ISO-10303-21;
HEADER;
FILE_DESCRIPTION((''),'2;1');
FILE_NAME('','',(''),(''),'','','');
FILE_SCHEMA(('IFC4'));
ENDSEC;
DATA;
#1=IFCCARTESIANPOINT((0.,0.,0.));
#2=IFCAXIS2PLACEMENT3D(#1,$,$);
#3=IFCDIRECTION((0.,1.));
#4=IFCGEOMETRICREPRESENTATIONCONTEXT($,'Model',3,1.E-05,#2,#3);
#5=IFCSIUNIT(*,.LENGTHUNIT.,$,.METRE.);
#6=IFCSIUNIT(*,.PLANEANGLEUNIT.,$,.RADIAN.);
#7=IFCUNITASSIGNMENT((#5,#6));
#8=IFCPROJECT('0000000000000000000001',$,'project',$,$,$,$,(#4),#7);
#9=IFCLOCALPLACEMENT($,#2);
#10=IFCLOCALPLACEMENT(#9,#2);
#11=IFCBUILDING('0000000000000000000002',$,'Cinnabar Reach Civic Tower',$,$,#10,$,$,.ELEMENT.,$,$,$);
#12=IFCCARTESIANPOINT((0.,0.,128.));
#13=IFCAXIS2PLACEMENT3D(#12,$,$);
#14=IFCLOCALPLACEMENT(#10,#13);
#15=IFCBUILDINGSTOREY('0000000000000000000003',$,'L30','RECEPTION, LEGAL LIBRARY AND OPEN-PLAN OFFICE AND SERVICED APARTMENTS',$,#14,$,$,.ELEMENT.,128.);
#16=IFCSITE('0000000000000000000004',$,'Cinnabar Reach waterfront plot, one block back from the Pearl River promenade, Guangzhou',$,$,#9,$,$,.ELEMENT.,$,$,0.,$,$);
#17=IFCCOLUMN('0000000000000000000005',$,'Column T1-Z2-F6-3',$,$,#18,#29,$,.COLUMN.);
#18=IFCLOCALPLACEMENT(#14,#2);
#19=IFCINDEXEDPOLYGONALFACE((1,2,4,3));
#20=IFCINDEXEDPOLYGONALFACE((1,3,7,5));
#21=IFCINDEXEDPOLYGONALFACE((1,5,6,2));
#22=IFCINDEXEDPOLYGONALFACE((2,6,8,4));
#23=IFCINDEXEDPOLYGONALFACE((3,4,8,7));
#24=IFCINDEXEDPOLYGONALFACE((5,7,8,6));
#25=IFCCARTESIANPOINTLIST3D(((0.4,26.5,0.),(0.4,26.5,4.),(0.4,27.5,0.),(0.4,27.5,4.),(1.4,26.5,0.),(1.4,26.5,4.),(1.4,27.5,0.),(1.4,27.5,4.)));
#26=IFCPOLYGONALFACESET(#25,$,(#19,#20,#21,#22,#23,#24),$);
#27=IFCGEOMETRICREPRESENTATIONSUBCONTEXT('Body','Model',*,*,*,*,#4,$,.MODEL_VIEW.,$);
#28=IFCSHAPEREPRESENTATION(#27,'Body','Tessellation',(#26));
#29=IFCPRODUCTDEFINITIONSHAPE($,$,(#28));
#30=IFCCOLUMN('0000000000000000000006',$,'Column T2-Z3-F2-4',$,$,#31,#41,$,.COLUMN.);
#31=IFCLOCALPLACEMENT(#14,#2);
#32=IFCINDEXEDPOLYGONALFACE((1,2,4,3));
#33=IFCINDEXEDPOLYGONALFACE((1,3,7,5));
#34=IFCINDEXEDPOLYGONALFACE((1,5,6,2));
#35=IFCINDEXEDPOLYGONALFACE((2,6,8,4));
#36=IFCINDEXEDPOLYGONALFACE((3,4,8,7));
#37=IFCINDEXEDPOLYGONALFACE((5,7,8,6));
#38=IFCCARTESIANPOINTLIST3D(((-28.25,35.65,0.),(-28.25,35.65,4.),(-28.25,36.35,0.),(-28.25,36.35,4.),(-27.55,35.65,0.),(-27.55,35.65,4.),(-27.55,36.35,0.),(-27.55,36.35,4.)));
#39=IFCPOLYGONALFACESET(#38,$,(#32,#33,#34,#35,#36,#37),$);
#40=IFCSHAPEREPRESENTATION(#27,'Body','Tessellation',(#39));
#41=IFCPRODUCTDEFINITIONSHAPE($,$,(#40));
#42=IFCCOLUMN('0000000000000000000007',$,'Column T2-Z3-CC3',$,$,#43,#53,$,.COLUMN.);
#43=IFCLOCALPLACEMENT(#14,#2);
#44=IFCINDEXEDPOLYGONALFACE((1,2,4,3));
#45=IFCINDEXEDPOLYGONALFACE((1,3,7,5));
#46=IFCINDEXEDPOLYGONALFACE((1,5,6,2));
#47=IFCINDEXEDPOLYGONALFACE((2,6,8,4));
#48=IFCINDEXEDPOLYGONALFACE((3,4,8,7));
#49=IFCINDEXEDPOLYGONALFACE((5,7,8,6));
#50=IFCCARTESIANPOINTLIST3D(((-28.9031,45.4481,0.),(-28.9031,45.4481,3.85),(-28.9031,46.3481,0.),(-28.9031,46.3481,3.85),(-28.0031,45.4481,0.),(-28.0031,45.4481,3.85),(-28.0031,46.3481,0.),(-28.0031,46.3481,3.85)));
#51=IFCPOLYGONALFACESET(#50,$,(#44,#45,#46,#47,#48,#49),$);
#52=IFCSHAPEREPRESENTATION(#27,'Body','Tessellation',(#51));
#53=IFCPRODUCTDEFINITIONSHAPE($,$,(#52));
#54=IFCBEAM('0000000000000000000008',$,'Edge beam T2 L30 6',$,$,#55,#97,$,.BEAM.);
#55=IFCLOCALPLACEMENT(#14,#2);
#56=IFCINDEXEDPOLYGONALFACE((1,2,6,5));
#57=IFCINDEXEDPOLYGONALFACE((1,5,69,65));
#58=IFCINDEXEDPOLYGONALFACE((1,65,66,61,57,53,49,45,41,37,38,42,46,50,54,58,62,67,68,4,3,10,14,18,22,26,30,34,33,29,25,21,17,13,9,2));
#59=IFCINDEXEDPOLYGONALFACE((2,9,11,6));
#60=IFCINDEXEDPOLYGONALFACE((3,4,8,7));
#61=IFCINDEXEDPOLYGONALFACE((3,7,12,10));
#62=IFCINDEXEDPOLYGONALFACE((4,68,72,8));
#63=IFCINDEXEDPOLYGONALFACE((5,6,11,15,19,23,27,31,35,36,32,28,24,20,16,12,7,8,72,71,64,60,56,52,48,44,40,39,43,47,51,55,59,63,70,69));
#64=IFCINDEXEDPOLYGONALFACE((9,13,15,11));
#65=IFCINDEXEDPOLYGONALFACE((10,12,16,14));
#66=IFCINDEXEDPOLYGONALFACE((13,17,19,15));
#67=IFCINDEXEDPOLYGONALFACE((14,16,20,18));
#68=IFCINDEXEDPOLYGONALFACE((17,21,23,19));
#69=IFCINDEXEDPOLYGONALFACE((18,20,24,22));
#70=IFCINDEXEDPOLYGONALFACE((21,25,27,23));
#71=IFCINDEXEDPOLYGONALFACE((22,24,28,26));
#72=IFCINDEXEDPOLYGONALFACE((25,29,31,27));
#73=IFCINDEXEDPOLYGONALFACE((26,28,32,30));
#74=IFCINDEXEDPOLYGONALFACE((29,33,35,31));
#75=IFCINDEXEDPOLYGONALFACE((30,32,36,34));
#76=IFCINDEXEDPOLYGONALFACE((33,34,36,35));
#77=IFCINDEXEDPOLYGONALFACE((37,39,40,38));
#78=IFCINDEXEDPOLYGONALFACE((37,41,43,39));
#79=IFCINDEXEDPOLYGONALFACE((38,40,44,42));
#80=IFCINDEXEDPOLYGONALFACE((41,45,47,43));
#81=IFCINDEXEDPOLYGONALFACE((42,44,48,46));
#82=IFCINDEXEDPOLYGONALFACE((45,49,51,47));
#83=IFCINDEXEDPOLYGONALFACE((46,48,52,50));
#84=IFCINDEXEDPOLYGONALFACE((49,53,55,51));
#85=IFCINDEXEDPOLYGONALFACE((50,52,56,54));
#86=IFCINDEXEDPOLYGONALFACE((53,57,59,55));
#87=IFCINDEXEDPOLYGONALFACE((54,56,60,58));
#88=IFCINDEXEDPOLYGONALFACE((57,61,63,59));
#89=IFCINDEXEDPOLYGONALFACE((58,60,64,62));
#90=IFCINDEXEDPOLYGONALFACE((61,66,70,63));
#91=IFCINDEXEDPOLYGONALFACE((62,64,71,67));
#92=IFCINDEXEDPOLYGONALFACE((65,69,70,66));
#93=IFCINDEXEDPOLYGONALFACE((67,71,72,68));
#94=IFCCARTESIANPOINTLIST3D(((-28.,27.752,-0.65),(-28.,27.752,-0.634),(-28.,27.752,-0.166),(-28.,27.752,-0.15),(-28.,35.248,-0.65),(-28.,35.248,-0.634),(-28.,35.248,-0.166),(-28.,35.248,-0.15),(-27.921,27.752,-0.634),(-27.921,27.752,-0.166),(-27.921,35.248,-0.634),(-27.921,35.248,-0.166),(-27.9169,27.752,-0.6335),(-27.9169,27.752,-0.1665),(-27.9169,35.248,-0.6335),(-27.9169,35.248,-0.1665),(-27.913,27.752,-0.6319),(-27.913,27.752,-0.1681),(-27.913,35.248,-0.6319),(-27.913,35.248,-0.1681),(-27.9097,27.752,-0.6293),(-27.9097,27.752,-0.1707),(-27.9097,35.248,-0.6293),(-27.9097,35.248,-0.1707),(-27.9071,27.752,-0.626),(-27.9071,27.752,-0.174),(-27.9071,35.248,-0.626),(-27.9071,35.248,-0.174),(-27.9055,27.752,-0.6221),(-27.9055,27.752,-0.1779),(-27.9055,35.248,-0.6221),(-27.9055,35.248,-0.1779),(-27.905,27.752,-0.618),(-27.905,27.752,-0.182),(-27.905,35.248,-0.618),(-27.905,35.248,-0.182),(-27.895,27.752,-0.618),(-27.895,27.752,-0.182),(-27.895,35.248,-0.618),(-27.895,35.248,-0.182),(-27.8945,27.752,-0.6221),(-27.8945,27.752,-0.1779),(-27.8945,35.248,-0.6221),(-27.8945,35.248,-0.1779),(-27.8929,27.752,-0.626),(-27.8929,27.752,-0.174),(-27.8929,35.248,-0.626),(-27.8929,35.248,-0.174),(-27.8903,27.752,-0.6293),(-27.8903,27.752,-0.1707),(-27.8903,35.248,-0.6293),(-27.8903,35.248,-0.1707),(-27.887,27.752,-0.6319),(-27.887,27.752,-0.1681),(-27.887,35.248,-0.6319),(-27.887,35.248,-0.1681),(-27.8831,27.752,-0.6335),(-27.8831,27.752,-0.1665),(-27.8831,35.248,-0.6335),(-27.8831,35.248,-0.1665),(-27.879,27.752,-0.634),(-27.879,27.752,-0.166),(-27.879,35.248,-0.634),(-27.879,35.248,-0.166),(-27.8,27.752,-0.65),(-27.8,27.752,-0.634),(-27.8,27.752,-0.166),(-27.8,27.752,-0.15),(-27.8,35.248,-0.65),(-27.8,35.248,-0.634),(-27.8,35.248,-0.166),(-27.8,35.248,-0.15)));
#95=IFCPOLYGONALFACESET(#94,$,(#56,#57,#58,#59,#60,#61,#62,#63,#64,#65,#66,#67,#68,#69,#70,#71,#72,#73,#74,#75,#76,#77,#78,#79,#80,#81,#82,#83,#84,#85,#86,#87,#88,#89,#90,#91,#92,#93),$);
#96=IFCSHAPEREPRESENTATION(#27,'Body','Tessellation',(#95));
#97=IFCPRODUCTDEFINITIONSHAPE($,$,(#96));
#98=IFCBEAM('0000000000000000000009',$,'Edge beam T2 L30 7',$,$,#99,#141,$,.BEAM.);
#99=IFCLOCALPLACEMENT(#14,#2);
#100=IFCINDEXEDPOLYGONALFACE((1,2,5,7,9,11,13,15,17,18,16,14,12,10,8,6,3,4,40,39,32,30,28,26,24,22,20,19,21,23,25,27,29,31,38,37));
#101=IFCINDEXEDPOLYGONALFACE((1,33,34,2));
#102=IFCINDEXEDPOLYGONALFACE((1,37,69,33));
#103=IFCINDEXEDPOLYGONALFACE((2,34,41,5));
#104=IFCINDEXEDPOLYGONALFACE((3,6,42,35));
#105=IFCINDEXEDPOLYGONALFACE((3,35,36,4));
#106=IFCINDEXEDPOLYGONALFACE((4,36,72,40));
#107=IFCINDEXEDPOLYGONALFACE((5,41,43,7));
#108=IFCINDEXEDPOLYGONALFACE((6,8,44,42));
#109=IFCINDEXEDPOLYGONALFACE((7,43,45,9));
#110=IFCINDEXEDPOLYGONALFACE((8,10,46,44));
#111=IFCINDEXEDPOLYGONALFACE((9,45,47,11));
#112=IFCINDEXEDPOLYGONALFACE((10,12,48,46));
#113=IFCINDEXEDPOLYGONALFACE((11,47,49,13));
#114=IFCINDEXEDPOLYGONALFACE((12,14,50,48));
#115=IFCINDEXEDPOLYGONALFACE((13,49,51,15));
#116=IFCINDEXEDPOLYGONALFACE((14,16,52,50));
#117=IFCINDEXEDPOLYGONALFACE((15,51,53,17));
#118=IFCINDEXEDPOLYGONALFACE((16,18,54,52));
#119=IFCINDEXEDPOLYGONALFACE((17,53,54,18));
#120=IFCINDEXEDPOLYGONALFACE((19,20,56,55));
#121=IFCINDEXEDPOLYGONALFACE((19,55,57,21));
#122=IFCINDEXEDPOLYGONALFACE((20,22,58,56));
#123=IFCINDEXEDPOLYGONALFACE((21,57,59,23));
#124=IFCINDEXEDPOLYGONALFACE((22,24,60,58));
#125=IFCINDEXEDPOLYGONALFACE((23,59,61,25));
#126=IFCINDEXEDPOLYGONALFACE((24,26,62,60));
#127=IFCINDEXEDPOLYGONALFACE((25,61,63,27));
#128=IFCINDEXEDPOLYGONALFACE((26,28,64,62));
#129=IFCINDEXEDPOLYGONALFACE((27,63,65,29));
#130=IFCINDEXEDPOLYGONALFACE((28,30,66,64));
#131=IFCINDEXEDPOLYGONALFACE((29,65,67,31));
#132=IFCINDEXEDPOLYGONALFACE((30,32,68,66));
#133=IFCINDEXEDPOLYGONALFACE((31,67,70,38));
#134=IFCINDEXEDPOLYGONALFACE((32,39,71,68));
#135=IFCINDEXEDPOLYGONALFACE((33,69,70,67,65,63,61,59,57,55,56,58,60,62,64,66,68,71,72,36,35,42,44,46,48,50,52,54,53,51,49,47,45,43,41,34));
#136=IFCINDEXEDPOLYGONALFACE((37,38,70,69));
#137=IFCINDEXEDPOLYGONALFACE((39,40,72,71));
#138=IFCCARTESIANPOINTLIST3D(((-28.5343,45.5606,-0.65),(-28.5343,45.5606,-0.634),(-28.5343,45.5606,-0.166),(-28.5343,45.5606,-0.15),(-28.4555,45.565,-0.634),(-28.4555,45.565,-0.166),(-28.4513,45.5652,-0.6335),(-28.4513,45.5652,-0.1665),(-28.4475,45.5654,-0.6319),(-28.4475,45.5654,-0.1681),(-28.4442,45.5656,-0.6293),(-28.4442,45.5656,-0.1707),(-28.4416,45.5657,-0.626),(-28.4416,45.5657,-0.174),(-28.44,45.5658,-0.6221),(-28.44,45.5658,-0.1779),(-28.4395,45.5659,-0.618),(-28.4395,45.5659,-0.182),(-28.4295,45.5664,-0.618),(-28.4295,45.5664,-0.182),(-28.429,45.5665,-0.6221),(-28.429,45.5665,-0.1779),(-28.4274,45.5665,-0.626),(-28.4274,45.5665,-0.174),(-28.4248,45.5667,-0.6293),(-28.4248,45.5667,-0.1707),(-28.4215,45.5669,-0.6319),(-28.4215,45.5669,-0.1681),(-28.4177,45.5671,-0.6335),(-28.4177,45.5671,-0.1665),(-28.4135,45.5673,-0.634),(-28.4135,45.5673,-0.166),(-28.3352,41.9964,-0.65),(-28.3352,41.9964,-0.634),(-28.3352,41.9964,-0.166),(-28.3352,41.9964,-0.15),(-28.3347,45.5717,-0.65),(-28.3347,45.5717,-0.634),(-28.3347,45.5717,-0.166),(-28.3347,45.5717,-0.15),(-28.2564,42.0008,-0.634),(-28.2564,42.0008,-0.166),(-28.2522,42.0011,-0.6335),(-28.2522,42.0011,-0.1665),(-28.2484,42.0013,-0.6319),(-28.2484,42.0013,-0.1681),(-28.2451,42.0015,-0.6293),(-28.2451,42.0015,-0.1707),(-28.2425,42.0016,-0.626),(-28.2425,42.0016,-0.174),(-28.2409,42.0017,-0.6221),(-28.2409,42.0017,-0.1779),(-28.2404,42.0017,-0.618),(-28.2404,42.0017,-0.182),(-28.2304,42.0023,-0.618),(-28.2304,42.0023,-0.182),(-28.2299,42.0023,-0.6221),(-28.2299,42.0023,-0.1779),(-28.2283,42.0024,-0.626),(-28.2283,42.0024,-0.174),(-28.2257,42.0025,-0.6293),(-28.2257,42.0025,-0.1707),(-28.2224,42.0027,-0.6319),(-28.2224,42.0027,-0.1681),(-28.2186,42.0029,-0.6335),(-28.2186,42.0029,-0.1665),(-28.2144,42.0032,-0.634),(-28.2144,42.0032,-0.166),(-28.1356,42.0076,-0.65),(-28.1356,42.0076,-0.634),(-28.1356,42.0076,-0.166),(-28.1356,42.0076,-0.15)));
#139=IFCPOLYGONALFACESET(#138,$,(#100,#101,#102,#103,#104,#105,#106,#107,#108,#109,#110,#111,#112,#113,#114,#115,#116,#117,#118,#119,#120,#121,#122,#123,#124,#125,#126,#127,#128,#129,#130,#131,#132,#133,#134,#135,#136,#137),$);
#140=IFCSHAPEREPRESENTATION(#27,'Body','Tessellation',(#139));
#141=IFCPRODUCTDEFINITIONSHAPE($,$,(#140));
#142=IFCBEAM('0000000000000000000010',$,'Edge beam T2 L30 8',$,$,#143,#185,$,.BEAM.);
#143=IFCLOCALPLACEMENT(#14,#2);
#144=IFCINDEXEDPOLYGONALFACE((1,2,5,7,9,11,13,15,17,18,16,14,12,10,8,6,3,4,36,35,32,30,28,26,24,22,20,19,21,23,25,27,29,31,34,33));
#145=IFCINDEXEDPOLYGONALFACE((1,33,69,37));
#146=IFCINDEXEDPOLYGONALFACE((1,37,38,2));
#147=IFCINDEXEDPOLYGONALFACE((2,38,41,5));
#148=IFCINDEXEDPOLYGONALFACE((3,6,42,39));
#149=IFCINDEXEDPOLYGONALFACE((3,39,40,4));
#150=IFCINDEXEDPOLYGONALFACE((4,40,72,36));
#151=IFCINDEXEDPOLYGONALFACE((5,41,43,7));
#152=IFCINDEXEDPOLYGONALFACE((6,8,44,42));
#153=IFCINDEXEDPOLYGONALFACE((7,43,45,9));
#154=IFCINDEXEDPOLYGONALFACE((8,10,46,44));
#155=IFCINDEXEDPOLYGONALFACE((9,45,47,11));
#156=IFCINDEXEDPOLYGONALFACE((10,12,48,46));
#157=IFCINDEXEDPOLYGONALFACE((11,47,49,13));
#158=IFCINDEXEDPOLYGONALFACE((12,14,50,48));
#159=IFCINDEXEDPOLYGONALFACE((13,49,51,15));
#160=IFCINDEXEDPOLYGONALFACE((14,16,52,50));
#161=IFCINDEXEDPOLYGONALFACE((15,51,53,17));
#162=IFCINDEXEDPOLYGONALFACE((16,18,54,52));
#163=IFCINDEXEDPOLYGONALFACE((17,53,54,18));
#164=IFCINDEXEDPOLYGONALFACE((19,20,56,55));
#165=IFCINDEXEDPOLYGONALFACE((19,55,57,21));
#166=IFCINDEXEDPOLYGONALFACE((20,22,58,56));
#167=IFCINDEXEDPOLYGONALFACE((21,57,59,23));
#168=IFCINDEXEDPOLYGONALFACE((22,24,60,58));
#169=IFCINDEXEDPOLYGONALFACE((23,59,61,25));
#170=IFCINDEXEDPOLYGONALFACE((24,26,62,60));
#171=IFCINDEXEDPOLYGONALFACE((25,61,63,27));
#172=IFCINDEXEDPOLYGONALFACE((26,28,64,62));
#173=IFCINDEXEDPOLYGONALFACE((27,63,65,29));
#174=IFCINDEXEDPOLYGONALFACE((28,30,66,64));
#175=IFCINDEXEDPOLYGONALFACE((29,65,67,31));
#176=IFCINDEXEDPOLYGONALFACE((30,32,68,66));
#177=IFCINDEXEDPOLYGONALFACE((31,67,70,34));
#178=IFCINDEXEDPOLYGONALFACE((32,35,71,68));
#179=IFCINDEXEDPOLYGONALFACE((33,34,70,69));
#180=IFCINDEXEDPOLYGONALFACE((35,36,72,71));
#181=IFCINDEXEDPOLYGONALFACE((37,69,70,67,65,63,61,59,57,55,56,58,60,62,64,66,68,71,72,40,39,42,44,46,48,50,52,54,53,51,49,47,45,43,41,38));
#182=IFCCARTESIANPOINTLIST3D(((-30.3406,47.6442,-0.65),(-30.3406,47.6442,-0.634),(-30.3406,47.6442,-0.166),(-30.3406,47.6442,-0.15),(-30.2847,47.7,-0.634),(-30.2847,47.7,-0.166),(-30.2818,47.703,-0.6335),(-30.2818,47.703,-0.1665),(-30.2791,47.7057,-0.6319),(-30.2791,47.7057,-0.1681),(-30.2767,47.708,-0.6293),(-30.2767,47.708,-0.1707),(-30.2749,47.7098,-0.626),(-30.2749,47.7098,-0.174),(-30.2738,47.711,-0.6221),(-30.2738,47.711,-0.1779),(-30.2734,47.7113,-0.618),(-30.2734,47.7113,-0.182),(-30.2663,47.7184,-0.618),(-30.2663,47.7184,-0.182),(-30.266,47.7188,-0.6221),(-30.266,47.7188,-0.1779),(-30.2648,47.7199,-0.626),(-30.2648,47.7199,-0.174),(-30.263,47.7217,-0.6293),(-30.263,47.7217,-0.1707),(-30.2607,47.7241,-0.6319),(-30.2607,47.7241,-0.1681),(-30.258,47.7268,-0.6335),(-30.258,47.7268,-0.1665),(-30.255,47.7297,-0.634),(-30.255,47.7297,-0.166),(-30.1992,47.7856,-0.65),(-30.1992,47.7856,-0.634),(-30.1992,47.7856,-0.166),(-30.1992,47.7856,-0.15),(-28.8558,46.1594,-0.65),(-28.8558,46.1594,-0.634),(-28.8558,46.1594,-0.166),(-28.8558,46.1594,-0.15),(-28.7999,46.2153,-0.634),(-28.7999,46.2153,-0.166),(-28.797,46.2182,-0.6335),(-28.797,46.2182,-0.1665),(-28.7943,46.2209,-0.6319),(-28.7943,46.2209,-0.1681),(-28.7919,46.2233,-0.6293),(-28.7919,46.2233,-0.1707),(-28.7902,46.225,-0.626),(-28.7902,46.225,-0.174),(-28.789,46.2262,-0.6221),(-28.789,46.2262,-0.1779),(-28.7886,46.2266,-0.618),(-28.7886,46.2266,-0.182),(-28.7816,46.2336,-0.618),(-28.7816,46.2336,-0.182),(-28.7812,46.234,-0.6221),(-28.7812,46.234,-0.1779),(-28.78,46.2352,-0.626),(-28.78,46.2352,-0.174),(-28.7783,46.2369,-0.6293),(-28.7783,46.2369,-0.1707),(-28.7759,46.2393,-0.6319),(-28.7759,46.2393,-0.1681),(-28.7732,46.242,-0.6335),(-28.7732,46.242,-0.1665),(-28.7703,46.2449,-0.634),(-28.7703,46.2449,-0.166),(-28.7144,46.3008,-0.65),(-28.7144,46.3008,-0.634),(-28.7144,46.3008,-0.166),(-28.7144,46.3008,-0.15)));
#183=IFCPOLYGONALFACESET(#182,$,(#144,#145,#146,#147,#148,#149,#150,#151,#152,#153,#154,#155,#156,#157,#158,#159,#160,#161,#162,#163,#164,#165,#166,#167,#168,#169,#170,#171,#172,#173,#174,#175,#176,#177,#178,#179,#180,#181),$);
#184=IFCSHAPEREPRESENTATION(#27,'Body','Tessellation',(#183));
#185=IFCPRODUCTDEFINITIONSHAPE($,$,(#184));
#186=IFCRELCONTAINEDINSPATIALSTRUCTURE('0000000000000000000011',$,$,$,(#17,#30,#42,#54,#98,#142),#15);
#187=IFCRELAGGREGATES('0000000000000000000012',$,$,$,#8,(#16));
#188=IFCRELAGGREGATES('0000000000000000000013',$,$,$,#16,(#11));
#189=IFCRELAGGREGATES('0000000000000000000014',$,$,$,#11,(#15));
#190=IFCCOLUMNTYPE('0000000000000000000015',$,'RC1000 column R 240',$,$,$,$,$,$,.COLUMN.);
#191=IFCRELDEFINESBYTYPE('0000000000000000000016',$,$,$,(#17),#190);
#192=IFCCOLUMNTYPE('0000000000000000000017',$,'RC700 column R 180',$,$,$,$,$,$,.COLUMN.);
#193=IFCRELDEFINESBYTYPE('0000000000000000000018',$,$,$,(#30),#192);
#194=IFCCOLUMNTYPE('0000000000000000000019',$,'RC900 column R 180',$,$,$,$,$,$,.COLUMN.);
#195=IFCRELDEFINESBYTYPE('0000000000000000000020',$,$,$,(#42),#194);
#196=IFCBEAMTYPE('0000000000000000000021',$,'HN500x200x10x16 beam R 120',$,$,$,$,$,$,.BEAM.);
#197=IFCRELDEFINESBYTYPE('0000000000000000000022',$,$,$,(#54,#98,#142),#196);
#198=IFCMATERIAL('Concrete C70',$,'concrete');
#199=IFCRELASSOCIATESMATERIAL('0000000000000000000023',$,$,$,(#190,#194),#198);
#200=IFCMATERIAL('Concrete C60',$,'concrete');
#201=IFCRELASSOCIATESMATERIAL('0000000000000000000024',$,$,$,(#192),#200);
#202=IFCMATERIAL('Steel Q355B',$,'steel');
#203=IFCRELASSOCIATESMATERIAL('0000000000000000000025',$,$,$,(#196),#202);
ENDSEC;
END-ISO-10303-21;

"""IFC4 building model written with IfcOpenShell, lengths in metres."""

from ifc_helpers import new_model, si_unit, direction, frame, origin, origin_2d, place, context, subcontext, project, spatial, rectangle, i_section, extrude, material, material_profile, profile_set, type_object, element, save


model = new_model("IFC4")

# Units and contexts
model_context = context("Model", 3, precision=1e-05, world=origin(), true_north=direction((0.0, 1.0)))
body_context = subcontext(model_context, "Body", "Model", "MODEL_VIEW")
ifc_project = project(units=[si_unit("LENGTHUNIT", "METRE"), si_unit("PLANEANGLEUNIT", "RADIAN")], contexts=[model_context])

# Site, building, storey
site_placement = place(None, origin())
site = spatial("IfcSite", under=ifc_project, at=site_placement, Name="Cinnabar Reach waterfront plot, one block back from the Pearl River promenade, Guangzhou", CompositionType="ELEMENT", RefElevation=0.0)
building_placement = place(site_placement, origin())
building = spatial("IfcBuilding", under=site, at=building_placement, Name="Cinnabar Reach Civic Tower", CompositionType="ELEMENT")
storey_placement = place(building_placement, frame((0.0, 0.0, 128.0)))
storey = spatial("IfcBuildingStorey", under=building, at=storey_placement, Name="L30", Description="RECEPTION, LEGAL LIBRARY AND OPEN-PLAN OFFICE AND SERVICED APARTMENTS", CompositionType="ELEMENT", Elevation=128.0)

# Columns
ifc_material_1 = material(Name="Concrete C70", Category="concrete")
ifc_material_profile_1 = material_profile(ifc_material_1, rectangle(XDim=1.0, YDim=1.0, at=origin_2d()), Name="RC1000")
ifc_profile_set_1 = profile_set([ifc_material_profile_1], Name="Concrete C70")
column_type_1 = type_object("IfcColumnType", Name="RC1000 column R 240", PredefinedType="COLUMN", material=ifc_profile_set_1)
column_1_placement = place(storey_placement, frame((0.9, 27.0, 0.0), z_axis=(0.0, 0.0, 1.0), x_axis=(1.0, 0.0, 0.0)))
element("IfcColumn", 1, at=column_1_placement, inside=storey, type_object=column_type_1, Name="Column T1-Z2-F6-3", PredefinedType="COLUMN", context=body_context, shape_type="SweptSolid", body=[
    extrude(rectangle(XDim=1.0, YDim=1.0, at=origin_2d()), origin(), (0.0, 0.0, 1.0), 4.0),
])
ifc_material_2 = material(Name="Concrete C60", Category="concrete")
ifc_material_profile_2 = material_profile(ifc_material_2, rectangle(XDim=0.7, YDim=0.7, at=origin_2d()), Name="RC700")
ifc_profile_set_2 = profile_set([ifc_material_profile_2], Name="Concrete C60")
column_type_2 = type_object("IfcColumnType", Name="RC700 column R 180", PredefinedType="COLUMN", material=ifc_profile_set_2)
column_2_placement = place(storey_placement, frame((-27.9, 36.0, 0.0), z_axis=(0.0, 0.0, 1.0), x_axis=(1.0, 0.0, 0.0)))
element("IfcColumn", 2, at=column_2_placement, inside=storey, type_object=column_type_2, Name="Column T2-Z3-F2-4", PredefinedType="COLUMN", context=body_context, shape_type="SweptSolid", body=[
    extrude(rectangle(XDim=0.7, YDim=0.7, at=origin_2d()), origin(), (0.0, 0.0, 1.0), 4.0),
])
ifc_material_profile_3 = material_profile(ifc_material_1, rectangle(XDim=0.9, YDim=0.9, at=origin_2d()), Name="RC900")
ifc_profile_set_3 = profile_set([ifc_material_profile_3], Name="Concrete C70")
column_type_3 = type_object("IfcColumnType", Name="RC900 column R 180", PredefinedType="COLUMN", material=ifc_profile_set_3)
column_3_placement = place(storey_placement, frame((-28.4531, 45.8981, 0.0), z_axis=(0.0, 0.0, 1.0), x_axis=(1.0, 0.0, 0.0)))
element("IfcColumn", 3, at=column_3_placement, inside=storey, type_object=column_type_3, Name="Column T2-Z3-CC3", PredefinedType="COLUMN", context=body_context, shape_type="SweptSolid", body=[
    extrude(rectangle(XDim=0.9, YDim=0.9, at=origin_2d()), origin(), (0.0, 0.0, 1.0), 3.85),
])

# Beams
ifc_material_3 = material(Name="Steel Q355B", Category="steel")
ifc_material_profile_4 = material_profile(ifc_material_3, i_section(OverallWidth=0.2, OverallDepth=0.5, WebThickness=0.01, FlangeThickness=0.016, FilletRadius=0.016, at=origin_2d()), Name="HN500x200x10x16")
ifc_profile_set_4 = profile_set([ifc_material_profile_4], Name="Steel Q355B")
beam_type = type_object("IfcBeamType", Name="HN500x200x10x16 beam R 120", PredefinedType="BEAM", material=ifc_profile_set_4)
beam_1_placement = place(storey_placement, frame((-27.9, 27.752, -0.4), z_axis=(0.0, 1.0, 0.0), x_axis=(-1.0, 0.0, 0.0)))
element("IfcBeam", 4, at=beam_1_placement, inside=storey, type_object=beam_type, Name="Edge beam T2 L30 6", PredefinedType="BEAM", context=body_context, shape_type="SweptSolid", body=[
    extrude(i_section(OverallWidth=0.2, OverallDepth=0.5, WebThickness=0.01, FlangeThickness=0.016, FilletRadius=0.016, at=origin_2d()), origin(), (0.0, 0.0, 1.0), 7.496),
])
beam_2_placement = place(storey_placement, frame((-28.2354, 42.002, -0.4), z_axis=(-0.055776, 0.998443, 0.0), x_axis=(-0.998443, -0.055776, 0.0)))
element("IfcBeam", 5, at=beam_2_placement, inside=storey, type_object=beam_type, Name="Edge beam T2 L30 7", PredefinedType="BEAM", context=body_context, shape_type="SweptSolid", body=[
    extrude(i_section(OverallWidth=0.2, OverallDepth=0.5, WebThickness=0.01, FlangeThickness=0.016, FilletRadius=0.016, at=origin_2d()), origin(), (0.0, 0.0, 1.0), 3.5697),
])
beam_3_placement = place(storey_placement, frame((-28.7851, 46.2301, -0.4), z_axis=(-0.707107, 0.707107, 0.0), x_axis=(-0.707107, -0.707107, 0.0)))
element("IfcBeam", 6, at=beam_3_placement, inside=storey, type_object=beam_type, Name="Edge beam T2 L30 8", PredefinedType="BEAM", context=body_context, shape_type="SweptSolid", body=[
    extrude(i_section(OverallWidth=0.2, OverallDepth=0.5, WebThickness=0.01, FlangeThickness=0.016, FilletRadius=0.016, at=origin_2d()), origin(), (0.0, 0.0, 1.0), 2.0998),
])

save(model, "model.ifc")
